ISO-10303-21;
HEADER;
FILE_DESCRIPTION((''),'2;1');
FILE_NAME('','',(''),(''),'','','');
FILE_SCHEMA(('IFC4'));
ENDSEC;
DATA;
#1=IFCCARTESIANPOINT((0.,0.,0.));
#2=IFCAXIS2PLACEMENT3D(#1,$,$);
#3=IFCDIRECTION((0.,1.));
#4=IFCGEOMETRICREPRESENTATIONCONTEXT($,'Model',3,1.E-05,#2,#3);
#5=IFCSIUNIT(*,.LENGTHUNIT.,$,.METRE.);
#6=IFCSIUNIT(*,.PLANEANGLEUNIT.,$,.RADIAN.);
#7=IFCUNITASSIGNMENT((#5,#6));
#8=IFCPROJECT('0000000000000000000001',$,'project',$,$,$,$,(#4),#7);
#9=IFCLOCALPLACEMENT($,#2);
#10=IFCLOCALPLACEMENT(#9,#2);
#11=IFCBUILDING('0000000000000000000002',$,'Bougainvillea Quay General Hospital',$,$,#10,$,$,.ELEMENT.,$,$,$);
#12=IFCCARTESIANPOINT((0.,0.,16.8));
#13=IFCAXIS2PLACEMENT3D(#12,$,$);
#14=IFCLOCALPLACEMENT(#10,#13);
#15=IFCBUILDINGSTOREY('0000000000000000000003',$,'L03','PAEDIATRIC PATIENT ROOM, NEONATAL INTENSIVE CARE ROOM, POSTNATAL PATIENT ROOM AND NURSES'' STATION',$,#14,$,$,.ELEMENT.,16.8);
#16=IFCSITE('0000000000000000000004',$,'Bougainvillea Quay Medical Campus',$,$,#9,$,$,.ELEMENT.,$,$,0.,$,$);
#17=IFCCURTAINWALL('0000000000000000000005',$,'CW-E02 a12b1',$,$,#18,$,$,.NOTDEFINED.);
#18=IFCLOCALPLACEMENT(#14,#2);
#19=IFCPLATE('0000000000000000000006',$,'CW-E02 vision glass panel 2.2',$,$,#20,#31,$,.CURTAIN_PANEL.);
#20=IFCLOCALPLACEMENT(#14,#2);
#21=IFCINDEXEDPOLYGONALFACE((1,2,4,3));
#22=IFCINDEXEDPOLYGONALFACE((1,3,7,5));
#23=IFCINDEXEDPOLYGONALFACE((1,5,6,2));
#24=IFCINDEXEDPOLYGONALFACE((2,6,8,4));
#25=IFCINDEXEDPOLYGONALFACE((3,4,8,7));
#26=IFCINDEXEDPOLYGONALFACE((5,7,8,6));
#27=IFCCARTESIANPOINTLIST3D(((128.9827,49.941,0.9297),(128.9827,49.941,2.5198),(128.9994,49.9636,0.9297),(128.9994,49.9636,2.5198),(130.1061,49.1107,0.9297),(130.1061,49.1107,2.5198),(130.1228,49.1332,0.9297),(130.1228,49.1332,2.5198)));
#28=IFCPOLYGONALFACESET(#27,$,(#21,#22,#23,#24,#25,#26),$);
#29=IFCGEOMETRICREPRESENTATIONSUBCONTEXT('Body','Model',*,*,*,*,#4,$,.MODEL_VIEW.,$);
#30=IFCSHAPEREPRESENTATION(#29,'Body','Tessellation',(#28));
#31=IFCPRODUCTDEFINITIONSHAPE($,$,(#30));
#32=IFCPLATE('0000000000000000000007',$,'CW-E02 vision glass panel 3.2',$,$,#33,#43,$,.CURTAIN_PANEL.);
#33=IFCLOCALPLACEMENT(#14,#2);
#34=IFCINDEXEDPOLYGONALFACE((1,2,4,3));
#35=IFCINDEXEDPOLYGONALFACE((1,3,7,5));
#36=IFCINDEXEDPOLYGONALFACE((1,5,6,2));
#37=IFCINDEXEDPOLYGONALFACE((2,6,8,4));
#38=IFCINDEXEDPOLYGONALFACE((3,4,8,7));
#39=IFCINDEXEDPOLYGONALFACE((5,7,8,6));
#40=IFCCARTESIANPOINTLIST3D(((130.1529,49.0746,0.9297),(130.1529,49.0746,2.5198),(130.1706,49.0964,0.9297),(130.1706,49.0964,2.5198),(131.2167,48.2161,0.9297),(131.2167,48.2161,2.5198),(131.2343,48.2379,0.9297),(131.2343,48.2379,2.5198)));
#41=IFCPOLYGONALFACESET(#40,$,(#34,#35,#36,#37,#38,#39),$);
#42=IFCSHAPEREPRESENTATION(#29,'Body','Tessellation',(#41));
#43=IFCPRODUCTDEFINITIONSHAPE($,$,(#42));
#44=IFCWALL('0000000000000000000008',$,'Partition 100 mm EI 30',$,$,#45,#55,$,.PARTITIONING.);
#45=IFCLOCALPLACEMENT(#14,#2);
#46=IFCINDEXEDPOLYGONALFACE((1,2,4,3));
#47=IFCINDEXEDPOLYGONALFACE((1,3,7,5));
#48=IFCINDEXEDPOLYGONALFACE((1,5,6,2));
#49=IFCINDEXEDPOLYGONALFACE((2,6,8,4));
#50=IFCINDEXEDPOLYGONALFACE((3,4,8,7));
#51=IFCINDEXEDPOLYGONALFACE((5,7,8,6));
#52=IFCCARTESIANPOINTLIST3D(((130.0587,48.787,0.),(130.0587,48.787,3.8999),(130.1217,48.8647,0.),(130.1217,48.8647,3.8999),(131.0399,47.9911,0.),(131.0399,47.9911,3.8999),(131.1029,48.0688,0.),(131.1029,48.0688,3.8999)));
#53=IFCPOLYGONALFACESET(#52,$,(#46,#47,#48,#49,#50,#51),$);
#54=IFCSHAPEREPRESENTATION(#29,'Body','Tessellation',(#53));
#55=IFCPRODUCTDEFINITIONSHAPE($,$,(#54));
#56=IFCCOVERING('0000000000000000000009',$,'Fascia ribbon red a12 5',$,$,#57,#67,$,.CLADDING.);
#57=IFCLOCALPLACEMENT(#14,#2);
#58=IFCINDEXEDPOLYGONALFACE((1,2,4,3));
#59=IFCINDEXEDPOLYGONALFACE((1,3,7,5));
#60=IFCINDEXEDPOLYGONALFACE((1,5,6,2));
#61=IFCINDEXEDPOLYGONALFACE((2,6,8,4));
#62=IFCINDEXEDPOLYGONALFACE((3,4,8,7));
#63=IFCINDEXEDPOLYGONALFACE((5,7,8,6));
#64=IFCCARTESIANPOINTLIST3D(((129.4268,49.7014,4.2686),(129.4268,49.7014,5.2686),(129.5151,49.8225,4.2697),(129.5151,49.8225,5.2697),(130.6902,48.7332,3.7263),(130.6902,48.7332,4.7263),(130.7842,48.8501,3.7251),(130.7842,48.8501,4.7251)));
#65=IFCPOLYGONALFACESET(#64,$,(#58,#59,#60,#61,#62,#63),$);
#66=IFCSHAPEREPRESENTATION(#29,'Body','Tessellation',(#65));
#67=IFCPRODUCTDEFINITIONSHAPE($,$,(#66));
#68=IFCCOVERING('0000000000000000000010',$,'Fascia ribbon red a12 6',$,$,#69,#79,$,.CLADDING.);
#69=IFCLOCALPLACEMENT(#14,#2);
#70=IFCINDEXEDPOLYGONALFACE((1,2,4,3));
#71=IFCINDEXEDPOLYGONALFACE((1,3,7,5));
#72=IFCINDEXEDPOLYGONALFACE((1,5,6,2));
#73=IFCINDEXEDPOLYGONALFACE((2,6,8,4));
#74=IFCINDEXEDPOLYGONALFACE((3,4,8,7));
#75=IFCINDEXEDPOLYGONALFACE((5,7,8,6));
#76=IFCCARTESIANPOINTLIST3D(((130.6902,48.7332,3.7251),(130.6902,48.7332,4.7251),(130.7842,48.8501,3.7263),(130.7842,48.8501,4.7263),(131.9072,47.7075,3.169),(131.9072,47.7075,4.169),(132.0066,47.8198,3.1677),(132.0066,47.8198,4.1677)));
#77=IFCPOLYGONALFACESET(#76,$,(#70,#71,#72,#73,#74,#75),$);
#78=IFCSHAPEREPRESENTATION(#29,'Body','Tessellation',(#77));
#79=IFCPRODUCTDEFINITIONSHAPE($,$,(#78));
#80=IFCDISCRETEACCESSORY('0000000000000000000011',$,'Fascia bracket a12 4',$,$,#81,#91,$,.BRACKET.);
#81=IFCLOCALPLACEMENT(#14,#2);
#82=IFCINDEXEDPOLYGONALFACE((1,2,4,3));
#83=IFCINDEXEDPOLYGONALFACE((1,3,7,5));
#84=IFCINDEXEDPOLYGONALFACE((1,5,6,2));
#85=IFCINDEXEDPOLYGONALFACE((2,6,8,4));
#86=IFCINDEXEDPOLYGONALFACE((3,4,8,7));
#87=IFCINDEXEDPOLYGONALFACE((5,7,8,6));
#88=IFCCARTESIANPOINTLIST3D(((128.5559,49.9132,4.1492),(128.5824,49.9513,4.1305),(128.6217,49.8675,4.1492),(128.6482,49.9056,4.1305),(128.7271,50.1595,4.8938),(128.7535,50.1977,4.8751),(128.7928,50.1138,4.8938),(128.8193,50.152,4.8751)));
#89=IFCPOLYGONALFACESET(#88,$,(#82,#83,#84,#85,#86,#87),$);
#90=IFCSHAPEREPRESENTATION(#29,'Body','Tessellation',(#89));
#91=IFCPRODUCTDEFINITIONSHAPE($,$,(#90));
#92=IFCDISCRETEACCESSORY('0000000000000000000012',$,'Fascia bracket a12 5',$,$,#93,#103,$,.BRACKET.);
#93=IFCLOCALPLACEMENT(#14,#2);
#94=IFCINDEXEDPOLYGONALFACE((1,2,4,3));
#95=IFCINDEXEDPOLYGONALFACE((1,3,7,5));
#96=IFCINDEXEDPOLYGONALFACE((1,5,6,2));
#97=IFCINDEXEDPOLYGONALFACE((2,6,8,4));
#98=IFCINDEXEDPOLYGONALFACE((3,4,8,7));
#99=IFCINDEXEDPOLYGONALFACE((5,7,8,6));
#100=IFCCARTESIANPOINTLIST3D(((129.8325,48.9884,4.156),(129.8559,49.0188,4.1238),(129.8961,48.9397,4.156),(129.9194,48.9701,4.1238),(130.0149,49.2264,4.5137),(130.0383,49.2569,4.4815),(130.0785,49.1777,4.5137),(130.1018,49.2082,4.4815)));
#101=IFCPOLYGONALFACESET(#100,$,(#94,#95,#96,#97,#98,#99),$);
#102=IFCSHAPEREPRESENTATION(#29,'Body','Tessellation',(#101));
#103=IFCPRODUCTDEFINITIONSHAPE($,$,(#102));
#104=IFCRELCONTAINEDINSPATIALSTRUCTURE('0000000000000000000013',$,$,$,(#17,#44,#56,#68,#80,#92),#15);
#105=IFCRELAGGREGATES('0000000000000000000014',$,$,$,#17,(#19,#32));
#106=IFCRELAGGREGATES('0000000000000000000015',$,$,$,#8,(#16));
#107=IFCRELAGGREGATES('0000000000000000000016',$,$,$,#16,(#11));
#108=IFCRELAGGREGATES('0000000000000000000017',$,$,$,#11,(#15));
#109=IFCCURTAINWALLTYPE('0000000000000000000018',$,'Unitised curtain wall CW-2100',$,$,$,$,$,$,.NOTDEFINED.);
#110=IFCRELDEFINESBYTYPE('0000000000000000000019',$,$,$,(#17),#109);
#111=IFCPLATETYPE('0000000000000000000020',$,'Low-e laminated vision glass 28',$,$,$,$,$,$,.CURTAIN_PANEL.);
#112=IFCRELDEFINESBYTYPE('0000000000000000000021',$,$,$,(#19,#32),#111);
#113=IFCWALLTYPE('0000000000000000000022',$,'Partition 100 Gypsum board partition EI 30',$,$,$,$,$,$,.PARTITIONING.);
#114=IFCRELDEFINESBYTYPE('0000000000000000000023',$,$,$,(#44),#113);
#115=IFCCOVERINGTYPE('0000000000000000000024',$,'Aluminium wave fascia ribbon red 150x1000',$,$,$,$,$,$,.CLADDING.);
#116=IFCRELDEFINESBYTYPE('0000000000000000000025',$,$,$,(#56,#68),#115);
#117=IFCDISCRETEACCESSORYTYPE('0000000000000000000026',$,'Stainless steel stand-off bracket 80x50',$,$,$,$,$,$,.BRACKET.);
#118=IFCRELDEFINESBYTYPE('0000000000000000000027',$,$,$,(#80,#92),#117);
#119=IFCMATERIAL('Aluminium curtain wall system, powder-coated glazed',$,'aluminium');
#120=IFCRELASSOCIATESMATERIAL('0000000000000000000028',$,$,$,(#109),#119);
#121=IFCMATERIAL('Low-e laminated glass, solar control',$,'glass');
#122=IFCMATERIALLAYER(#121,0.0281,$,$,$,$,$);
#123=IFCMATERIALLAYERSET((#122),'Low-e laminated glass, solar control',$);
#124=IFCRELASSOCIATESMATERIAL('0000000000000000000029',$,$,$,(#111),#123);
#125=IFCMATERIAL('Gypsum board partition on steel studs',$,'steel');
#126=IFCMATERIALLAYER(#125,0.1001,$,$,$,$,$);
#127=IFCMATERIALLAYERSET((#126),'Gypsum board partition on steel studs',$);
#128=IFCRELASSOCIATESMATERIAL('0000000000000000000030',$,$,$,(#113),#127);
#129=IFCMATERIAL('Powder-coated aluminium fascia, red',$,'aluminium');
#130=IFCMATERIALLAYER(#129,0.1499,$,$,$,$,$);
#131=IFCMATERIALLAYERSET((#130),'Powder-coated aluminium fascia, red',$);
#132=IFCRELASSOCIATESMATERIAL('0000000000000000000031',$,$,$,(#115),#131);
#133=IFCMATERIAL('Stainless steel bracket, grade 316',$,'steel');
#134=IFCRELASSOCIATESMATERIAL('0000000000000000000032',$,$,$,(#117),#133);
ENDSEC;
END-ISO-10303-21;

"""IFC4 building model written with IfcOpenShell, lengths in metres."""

from ifc_helpers import new_model, si_unit, direction, frame, frame_2d, origin, origin_2d, place, context, subcontext, project, spatial, polyline, rectangle, outline, extrude, material, layer, layer_set, material_profile, profile_set, type_object, element, aggregate, save


model = new_model("IFC4")

# Units and contexts
model_context = context("Model", 3, precision=1e-05, world=origin(), true_north=direction((0.0, 1.0)))
body_context = subcontext(model_context, "Body", "Model", "MODEL_VIEW")
ifc_project = project(units=[si_unit("LENGTHUNIT", "METRE"), si_unit("PLANEANGLEUNIT", "RADIAN")], contexts=[model_context])

# Site, building, storey
site_placement = place(None, origin())
site = spatial("IfcSite", under=ifc_project, at=site_placement, Name="Bougainvillea Quay Medical Campus", CompositionType="ELEMENT", RefElevation=0.0)
building_placement = place(site_placement, origin())
building = spatial("IfcBuilding", under=site, at=building_placement, Name="Bougainvillea Quay General Hospital", CompositionType="ELEMENT")
storey_placement = place(building_placement, frame((0.0, 0.0, 16.8)))
storey = spatial("IfcBuildingStorey", under=building, at=storey_placement, Name="L03", Description="PAEDIATRIC PATIENT ROOM, NEONATAL INTENSIVE CARE ROOM, POSTNATAL PATIENT ROOM AND NURSES' STATION", CompositionType="ELEMENT", Elevation=16.8)

# Curtain wall, plates
ifc_material_1 = material(Name="Aluminium curtain wall system, powder-coated glazed", Category="aluminium")
curtain_wall_type = type_object("IfcCurtainWallType", Name="Unitised curtain wall CW-2100", PredefinedType="NOTDEFINED", material=ifc_material_1)
curtain_wall_placement = place(storey_placement, origin())
curtain_wall = element("IfcCurtainWall", 1, at=curtain_wall_placement, inside=storey, type_object=curtain_wall_type, Name="CW-E02 a12b1", PredefinedType="NOTDEFINED")
ifc_material_2 = material(Name="Low-e laminated glass, solar control", Category="glass")
ifc_layer_1 = layer(ifc_material_2, 0.0281)
ifc_layer_set_1 = layer_set([ifc_layer_1], Name="Low-e laminated glass, solar control")
plate_type_1 = type_object("IfcPlateType", Name="Low-e laminated vision glass 28", PredefinedType="CURTAIN_PANEL", material=ifc_layer_set_1)
plate_1_placement = place(storey_placement, frame((129.5527, 49.5371, 0.9297), z_axis=(0.0, 0.0, 1.0), x_axis=(0.804189, -0.594374, 0.0)))
plate_1 = element("IfcPlate", 2, at=plate_1_placement, type_object=plate_type_1, Name="CW-E02 vision glass panel 2.2", PredefinedType="CURTAIN_PANEL", context=body_context, shape_type="SweptSolid", body=[
    extrude(rectangle(XDim=1.397, YDim=0.0281, at=origin_2d()), origin(), (0.0, 0.0, 1.0), 1.5901),
])
plate_2_placement = place(storey_placement, frame((130.6936, 48.6562, 0.9297), z_axis=(0.0, 0.0, 1.0), x_axis=(0.778185, -0.628035, 0.0)))
plate_2 = element("IfcPlate", 3, at=plate_2_placement, type_object=plate_type_1, Name="CW-E02 vision glass panel 3.2", PredefinedType="CURTAIN_PANEL", context=body_context, shape_type="SweptSolid", body=[
    extrude(rectangle(XDim=1.3669, YDim=0.0281, at=origin_2d()), origin(), (0.0, 0.0, 1.0), 1.5901),
])
aggregate(curtain_wall, [plate_1, plate_2])

# Wall
ifc_material_3 = material(Name="Gypsum board partition on steel studs", Category="steel")
ifc_layer_2 = layer(ifc_material_3, 0.1001)
ifc_layer_set_2 = layer_set([ifc_layer_2], Name="Gypsum board partition on steel studs")
wall_type = type_object("IfcWallType", Name="Partition 100 Gypsum board partition EI 30", PredefinedType="PARTITIONING", material=ifc_layer_set_2)
wall_placement = place(storey_placement, frame((130.0901, 48.8259, 0.0), z_axis=(0.0, 0.0, 1.0), x_axis=(0.776628, -0.62996, 0.0)))
element("IfcWall", 4, at=wall_placement, inside=storey, type_object=wall_type, Name="Partition 100 mm EI 30", PredefinedType="PARTITIONING", context=body_context, shape_type="SweptSolid", body=[
    extrude(rectangle(XDim=1.2634, YDim=0.1001, at=frame_2d((0.6318, 0.0))), origin(), (0.0, 0.0, 1.0), 3.8999),
])

# Coverings
ifc_material_4 = material(Name="Powder-coated aluminium fascia, red", Category="aluminium")
ifc_layer_3 = layer(ifc_material_4, 0.1499)
ifc_layer_set_3 = layer_set([ifc_layer_3], Name="Powder-coated aluminium fascia, red")
covering_type = type_object("IfcCoveringType", Name="Aluminium wave fascia ribbon red 150x1000", PredefinedType="CLADDING", material=ifc_layer_set_3)
covering_1_placement = place(storey_placement, frame((129.4268, 49.7014, 4.2686), z_axis=(0.255976, -0.196117, 0.94658), x_axis=(0.751317, -0.575792, -0.322468)))
element("IfcCovering", 5, at=covering_1_placement, inside=storey, type_object=covering_type, Name="Fascia ribbon red a12 5", PredefinedType="CLADDING", context=body_context, shape_type="SweptSolid", body=[
    extrude(outline(polyline([(0.0, 0.0), (1.6816, 0.0), (1.6853, 0.15), (-0.0037, 0.1499), (0.0, 0.0)])), origin(), (-0.322468, -0.000043, 0.94658), 1.0),
])
covering_2_placement = place(storey_placement, frame((130.6902, 48.7332, 3.7251), z_axis=(0.25215, -0.212676, 0.944028), x_axis=(0.721876, -0.608345, -0.329865)))
element("IfcCovering", 6, at=covering_2_placement, inside=storey, type_object=covering_type, Name="Fascia ribbon red a12 6", PredefinedType="CLADDING", context=body_context, shape_type="SweptSolid", body=[
    extrude(outline(polyline([(0.0, 0.0), (1.6859, 0.0), (1.6898, 0.1499), (-0.0037, 0.15), (0.0, 0.0)])), origin(), (-0.329865, 0.000131, 0.944028), 1.0),
])

# Discrete accessories
ifc_material_5 = material(Name="Stainless steel bracket, grade 316", Category="steel")
ifc_material_profile_1 = material_profile(ifc_material_5, rectangle(XDim=0.0801, YDim=0.05, at=origin_2d()))
ifc_profile_set_1 = profile_set([ifc_material_profile_1], Name="Stainless steel bracket, grade 316")
discrete_accessory_type = type_object("IfcDiscreteAccessoryType", Name="Stainless steel stand-off bracket 80x50", PredefinedType="BRACKET", material=ifc_profile_set_1)
discrete_accessory_1_placement = place(storey_placement, frame((128.6021, 49.9094, 4.1399), z_axis=(0.213189, 0.306859, 0.927571), x_axis=(-0.821253, 0.570564, 0.0)))
element("IfcDiscreteAccessory", 7, at=discrete_accessory_1_placement, inside=storey, type_object=discrete_accessory_type, Name="Fascia bracket a12 4", PredefinedType="BRACKET", context=body_context, shape_type="SweptSolid", body=[
    extrude(rectangle(XDim=0.0801, YDim=0.05, at=origin_2d()), origin(), (0.0, 0.0, 1.0), 0.8027),
])
discrete_accessory_2_placement = place(storey_placement, frame((129.876, 48.9792, 4.1399), z_axis=(0.390738, 0.509999, 0.766306), x_axis=(-0.793803, 0.608175, 0.0)))
element("IfcDiscreteAccessory", 8, at=discrete_accessory_2_placement, inside=storey, type_object=discrete_accessory_type, Name="Fascia bracket a12 5", PredefinedType="BRACKET", context=body_context, shape_type="SweptSolid", body=[
    extrude(rectangle(XDim=0.0801, YDim=0.05, at=origin_2d()), origin(), (0.0, 0.0, 1.0), 0.4668),
])

save(model, "model.ifc")
